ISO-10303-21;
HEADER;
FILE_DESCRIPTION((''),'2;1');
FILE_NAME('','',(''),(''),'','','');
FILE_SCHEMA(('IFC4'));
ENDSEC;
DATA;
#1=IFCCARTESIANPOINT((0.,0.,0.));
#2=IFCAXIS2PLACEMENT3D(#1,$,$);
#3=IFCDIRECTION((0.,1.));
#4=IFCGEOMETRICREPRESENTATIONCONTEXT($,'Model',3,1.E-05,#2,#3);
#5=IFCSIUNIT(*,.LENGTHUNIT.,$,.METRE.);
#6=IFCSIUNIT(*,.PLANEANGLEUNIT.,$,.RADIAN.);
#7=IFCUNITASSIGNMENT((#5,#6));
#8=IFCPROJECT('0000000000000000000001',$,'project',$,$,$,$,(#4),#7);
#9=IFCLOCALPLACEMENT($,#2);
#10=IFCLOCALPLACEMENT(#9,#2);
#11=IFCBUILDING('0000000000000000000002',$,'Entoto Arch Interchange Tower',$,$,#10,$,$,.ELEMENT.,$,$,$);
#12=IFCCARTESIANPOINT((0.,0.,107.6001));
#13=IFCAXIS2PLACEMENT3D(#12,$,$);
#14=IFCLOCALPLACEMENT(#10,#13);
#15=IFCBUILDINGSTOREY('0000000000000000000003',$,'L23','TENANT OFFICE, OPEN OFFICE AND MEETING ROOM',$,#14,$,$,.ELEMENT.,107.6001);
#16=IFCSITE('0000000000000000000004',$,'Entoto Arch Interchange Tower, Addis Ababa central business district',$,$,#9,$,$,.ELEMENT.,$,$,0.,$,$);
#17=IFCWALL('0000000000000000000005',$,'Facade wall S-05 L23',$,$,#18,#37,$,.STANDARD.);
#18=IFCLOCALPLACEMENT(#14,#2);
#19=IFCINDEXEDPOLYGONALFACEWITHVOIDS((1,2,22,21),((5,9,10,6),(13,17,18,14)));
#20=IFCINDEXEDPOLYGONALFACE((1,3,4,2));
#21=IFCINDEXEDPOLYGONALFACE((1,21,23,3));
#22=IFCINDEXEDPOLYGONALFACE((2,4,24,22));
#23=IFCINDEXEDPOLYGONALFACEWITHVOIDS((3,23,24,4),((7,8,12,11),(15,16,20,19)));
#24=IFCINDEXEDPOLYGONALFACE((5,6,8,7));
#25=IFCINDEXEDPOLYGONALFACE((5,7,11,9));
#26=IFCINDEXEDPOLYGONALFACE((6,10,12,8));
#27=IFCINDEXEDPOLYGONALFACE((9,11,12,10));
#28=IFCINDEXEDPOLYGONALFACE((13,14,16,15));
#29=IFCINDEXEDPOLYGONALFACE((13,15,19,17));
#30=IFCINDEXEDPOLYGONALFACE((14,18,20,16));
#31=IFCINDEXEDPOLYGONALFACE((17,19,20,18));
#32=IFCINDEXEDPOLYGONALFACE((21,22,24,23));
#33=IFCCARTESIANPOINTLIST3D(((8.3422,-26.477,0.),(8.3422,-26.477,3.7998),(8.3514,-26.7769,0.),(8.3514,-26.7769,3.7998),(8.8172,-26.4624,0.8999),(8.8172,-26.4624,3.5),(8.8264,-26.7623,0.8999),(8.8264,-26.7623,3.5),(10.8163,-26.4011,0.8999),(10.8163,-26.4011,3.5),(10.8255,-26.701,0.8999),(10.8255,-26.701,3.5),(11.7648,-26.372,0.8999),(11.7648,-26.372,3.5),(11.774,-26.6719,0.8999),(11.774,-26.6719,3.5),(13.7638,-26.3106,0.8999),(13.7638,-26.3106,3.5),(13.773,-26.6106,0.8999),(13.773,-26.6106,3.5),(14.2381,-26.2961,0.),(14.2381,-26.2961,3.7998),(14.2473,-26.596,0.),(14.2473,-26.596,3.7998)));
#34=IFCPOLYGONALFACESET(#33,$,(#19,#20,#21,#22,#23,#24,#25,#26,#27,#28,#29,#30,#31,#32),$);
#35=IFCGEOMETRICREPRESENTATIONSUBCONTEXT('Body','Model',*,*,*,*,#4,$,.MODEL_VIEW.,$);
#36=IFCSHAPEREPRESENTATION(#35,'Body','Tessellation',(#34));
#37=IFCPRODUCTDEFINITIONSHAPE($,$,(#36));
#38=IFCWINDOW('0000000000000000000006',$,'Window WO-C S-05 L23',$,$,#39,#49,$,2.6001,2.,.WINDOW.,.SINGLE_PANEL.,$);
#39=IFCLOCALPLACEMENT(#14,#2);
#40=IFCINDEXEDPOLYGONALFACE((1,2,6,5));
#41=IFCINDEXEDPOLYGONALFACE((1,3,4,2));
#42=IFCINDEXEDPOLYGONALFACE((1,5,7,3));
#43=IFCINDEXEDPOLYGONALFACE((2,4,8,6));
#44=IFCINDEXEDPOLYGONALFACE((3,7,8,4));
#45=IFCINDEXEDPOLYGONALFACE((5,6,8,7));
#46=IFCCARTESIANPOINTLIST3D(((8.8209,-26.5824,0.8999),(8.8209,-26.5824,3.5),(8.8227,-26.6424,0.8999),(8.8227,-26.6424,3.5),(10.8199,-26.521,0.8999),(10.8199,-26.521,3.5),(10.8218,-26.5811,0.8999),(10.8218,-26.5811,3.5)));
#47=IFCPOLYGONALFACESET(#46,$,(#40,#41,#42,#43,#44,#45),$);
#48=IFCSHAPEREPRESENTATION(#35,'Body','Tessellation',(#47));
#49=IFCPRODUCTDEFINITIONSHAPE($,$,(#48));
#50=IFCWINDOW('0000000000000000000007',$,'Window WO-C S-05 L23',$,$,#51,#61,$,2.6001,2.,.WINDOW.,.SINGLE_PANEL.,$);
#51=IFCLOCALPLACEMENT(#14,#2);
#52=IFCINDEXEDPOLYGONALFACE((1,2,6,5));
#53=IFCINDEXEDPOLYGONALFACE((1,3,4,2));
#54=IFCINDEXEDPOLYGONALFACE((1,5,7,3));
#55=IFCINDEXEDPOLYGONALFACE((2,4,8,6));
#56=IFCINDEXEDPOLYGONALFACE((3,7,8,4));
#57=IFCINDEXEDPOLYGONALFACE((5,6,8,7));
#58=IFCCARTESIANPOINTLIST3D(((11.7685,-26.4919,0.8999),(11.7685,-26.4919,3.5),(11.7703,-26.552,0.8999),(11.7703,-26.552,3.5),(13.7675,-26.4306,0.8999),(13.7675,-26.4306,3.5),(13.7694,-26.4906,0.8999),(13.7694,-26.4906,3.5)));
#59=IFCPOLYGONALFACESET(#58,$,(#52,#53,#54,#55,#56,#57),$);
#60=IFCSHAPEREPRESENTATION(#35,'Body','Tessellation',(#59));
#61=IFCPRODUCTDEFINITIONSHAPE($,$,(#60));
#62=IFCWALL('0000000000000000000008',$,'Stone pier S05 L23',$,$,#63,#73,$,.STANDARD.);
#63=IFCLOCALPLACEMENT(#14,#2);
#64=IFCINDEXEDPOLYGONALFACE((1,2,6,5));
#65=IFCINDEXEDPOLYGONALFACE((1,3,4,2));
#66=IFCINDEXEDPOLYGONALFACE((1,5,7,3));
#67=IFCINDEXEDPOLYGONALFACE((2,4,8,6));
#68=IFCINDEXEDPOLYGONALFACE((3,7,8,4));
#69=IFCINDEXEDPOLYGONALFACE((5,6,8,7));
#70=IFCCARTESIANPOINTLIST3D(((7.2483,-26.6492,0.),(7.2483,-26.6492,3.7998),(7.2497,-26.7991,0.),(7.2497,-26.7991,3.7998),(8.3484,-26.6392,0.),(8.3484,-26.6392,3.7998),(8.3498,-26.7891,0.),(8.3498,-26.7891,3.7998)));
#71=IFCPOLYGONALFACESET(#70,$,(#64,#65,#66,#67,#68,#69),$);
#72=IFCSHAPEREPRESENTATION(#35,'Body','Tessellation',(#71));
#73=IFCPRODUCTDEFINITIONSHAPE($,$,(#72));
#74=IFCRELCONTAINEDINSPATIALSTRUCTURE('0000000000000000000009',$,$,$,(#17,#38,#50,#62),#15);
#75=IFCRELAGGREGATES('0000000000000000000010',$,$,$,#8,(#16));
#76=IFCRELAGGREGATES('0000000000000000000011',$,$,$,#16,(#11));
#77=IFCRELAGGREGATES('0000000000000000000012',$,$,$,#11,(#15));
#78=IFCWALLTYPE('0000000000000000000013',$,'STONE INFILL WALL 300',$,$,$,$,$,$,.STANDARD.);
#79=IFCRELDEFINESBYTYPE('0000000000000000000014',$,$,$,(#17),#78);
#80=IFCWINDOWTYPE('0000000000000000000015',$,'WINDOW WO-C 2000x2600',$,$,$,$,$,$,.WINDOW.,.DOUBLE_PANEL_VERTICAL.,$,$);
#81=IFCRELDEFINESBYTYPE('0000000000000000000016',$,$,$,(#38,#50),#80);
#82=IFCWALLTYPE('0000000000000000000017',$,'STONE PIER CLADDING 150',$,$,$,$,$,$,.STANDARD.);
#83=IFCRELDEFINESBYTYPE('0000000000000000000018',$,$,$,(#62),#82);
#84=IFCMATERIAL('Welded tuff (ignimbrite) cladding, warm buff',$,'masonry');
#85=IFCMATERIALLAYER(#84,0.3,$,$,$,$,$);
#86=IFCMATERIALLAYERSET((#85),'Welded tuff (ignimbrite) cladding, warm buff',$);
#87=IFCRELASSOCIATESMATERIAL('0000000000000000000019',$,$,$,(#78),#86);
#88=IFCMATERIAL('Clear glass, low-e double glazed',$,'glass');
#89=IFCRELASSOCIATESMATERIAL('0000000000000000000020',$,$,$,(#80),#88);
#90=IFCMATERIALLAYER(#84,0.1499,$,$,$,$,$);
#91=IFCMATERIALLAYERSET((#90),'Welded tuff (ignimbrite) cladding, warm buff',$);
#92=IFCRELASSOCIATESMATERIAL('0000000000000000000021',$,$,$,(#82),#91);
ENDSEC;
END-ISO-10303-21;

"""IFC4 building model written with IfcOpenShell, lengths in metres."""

from ifc_helpers import new_model, si_unit, direction, frame, frame_2d, origin, place, context, subcontext, project, spatial, rectangle, extrude, material, layer, layer_set, type_object, element, fill, save


model = new_model("IFC4")

# Units and contexts
model_context = context("Model", 3, precision=1e-05, world=origin(), true_north=direction((0.0, 1.0)))
body_context = subcontext(model_context, "Body", "Model", "MODEL_VIEW")
ifc_project = project(units=[si_unit("LENGTHUNIT", "METRE"), si_unit("PLANEANGLEUNIT", "RADIAN")], contexts=[model_context])

# Site, building, storey
site_placement = place(None, origin())
site = spatial("IfcSite", under=ifc_project, at=site_placement, Name="Entoto Arch Interchange Tower, Addis Ababa central business district", CompositionType="ELEMENT", RefElevation=0.0)
building_placement = place(site_placement, origin())
building = spatial("IfcBuilding", under=site, at=building_placement, Name="Entoto Arch Interchange Tower", CompositionType="ELEMENT")
storey_placement = place(building_placement, frame((0.0, 0.0, 107.6001)))
storey = spatial("IfcBuildingStorey", under=building, at=storey_placement, Name="L23", Description="TENANT OFFICE, OPEN OFFICE AND MEETING ROOM", CompositionType="ELEMENT", Elevation=107.6001)

# Shared definitions
ifc_material_1 = material(Name="Clear glass, low-e double glazed", Category="glass")

# Wall, openings, windows
ifc_material_2 = material(Name="Welded tuff (ignimbrite) cladding, warm buff", Category="masonry")
ifc_layer_1 = layer(ifc_material_2, 0.3)
ifc_layer_set_1 = layer_set([ifc_layer_1], Name="Welded tuff (ignimbrite) cladding, warm buff")
wall_type_1 = type_object("IfcWallType", Name="STONE INFILL WALL 300", PredefinedType="STANDARD", material=ifc_layer_set_1)
wall_1_placement = place(storey_placement, frame((8.3469, -26.627, 0.0), z_axis=(0.0, 0.0, 1.0), x_axis=(0.99953, 0.030669, 0.0)))
wall_1 = element("IfcWall", 1, at=wall_1_placement, inside=storey, type_object=wall_type_1, Name="Facade wall S-05 L23", PredefinedType="STANDARD", context=body_context, shape_type="SweptSolid", body=[
    extrude(rectangle(XDim=5.8987, YDim=0.3, at=frame_2d((2.9492, 0.0))), origin(), (0.0, 0.0, 1.0), 3.7998),
])
opening_1_placement = place(wall_1_placement, frame((0.4751, 0.0, 0.8999)))
opening_1 = element("IfcOpeningElement", 2, at=opening_1_placement, cuts=wall_1, PredefinedType="OPENING", context=body_context, shape_type="SweptSolid", body=[
    extrude(rectangle(XDim=2.0, YDim=2.6001, at=frame_2d((1.0, 1.3))), frame((0.0, 0.1602, 0.0), z_axis=(0.0, -1.0, 0.0), x_axis=(1.0, 0.0, 0.0)), (0.0, 0.0, 1.0), 0.3201),
])
opening_2_placement = place(wall_1_placement, frame((3.4241, 0.0, 0.8999)))
opening_2 = element("IfcOpeningElement", 3, at=opening_2_placement, cuts=wall_1, PredefinedType="OPENING", context=body_context, shape_type="SweptSolid", body=[
    extrude(rectangle(XDim=2.0, YDim=2.6001, at=frame_2d((1.0, 1.3))), frame((0.0, 0.1602, 0.0), z_axis=(0.0, -1.0, 0.0), x_axis=(1.0, 0.0, 0.0)), (0.0, 0.0, 1.0), 0.3201),
])
window_type = type_object("IfcWindowType", Name="WINDOW WO-C 2000x2600", PartitioningType="DOUBLE_PANEL_VERTICAL", PredefinedType="WINDOW", material=ifc_material_1)
window_1_placement = place(opening_1_placement, origin())
window_1 = element("IfcWindow", 4, at=window_1_placement, inside=storey, type_object=window_type, Name="Window WO-C S-05 L23", OverallHeight=2.6001, OverallWidth=2.0, PartitioningType="SINGLE_PANEL", PredefinedType="WINDOW", context=body_context, shape_type="SweptSolid", body=[
    extrude(rectangle(XDim=2.0, YDim=2.6001, at=frame_2d((1.0, 1.3))), frame((0.0, 0.03, 0.0), z_axis=(0.0, -1.0, 0.0), x_axis=(1.0, 0.0, 0.0)), (0.0, 0.0, 1.0), 0.0601),
])
fill(opening_1, window_1)
window_2_placement = place(opening_2_placement, origin())
window_2 = element("IfcWindow", 5, at=window_2_placement, inside=storey, type_object=window_type, Name="Window WO-C S-05 L23", OverallHeight=2.6001, OverallWidth=2.0, PartitioningType="SINGLE_PANEL", PredefinedType="WINDOW", context=body_context, shape_type="SweptSolid", body=[
    extrude(rectangle(XDim=2.0, YDim=2.6001, at=frame_2d((1.0, 1.3))), frame((0.0, 0.03, 0.0), z_axis=(0.0, -1.0, 0.0), x_axis=(1.0, 0.0, 0.0)), (0.0, 0.0, 1.0), 0.0601),
])
fill(opening_2, window_2)

# Wall
ifc_layer_2 = layer(ifc_material_2, 0.1499)
ifc_layer_set_2 = layer_set([ifc_layer_2], Name="Welded tuff (ignimbrite) cladding, warm buff")
wall_type_2 = type_object("IfcWallType", Name="STONE PIER CLADDING 150", PredefinedType="STANDARD", material=ifc_layer_set_2)
wall_2_placement = place(storey_placement, frame((7.249, -26.7241, 0.0), z_axis=(0.0, 0.0, 1.0), x_axis=(0.999959, 0.009099, 0.0)))
element("IfcWall", 6, at=wall_2_placement, inside=storey, type_object=wall_type_2, Name="Stone pier S05 L23", PredefinedType="STANDARD", context=body_context, shape_type="SweptSolid", body=[
    extrude(rectangle(XDim=1.1001, YDim=0.1499, at=frame_2d((0.55, 0.0))), origin(), (0.0, 0.0, 1.0), 3.7998),
])

save(model, "model.ifc")
